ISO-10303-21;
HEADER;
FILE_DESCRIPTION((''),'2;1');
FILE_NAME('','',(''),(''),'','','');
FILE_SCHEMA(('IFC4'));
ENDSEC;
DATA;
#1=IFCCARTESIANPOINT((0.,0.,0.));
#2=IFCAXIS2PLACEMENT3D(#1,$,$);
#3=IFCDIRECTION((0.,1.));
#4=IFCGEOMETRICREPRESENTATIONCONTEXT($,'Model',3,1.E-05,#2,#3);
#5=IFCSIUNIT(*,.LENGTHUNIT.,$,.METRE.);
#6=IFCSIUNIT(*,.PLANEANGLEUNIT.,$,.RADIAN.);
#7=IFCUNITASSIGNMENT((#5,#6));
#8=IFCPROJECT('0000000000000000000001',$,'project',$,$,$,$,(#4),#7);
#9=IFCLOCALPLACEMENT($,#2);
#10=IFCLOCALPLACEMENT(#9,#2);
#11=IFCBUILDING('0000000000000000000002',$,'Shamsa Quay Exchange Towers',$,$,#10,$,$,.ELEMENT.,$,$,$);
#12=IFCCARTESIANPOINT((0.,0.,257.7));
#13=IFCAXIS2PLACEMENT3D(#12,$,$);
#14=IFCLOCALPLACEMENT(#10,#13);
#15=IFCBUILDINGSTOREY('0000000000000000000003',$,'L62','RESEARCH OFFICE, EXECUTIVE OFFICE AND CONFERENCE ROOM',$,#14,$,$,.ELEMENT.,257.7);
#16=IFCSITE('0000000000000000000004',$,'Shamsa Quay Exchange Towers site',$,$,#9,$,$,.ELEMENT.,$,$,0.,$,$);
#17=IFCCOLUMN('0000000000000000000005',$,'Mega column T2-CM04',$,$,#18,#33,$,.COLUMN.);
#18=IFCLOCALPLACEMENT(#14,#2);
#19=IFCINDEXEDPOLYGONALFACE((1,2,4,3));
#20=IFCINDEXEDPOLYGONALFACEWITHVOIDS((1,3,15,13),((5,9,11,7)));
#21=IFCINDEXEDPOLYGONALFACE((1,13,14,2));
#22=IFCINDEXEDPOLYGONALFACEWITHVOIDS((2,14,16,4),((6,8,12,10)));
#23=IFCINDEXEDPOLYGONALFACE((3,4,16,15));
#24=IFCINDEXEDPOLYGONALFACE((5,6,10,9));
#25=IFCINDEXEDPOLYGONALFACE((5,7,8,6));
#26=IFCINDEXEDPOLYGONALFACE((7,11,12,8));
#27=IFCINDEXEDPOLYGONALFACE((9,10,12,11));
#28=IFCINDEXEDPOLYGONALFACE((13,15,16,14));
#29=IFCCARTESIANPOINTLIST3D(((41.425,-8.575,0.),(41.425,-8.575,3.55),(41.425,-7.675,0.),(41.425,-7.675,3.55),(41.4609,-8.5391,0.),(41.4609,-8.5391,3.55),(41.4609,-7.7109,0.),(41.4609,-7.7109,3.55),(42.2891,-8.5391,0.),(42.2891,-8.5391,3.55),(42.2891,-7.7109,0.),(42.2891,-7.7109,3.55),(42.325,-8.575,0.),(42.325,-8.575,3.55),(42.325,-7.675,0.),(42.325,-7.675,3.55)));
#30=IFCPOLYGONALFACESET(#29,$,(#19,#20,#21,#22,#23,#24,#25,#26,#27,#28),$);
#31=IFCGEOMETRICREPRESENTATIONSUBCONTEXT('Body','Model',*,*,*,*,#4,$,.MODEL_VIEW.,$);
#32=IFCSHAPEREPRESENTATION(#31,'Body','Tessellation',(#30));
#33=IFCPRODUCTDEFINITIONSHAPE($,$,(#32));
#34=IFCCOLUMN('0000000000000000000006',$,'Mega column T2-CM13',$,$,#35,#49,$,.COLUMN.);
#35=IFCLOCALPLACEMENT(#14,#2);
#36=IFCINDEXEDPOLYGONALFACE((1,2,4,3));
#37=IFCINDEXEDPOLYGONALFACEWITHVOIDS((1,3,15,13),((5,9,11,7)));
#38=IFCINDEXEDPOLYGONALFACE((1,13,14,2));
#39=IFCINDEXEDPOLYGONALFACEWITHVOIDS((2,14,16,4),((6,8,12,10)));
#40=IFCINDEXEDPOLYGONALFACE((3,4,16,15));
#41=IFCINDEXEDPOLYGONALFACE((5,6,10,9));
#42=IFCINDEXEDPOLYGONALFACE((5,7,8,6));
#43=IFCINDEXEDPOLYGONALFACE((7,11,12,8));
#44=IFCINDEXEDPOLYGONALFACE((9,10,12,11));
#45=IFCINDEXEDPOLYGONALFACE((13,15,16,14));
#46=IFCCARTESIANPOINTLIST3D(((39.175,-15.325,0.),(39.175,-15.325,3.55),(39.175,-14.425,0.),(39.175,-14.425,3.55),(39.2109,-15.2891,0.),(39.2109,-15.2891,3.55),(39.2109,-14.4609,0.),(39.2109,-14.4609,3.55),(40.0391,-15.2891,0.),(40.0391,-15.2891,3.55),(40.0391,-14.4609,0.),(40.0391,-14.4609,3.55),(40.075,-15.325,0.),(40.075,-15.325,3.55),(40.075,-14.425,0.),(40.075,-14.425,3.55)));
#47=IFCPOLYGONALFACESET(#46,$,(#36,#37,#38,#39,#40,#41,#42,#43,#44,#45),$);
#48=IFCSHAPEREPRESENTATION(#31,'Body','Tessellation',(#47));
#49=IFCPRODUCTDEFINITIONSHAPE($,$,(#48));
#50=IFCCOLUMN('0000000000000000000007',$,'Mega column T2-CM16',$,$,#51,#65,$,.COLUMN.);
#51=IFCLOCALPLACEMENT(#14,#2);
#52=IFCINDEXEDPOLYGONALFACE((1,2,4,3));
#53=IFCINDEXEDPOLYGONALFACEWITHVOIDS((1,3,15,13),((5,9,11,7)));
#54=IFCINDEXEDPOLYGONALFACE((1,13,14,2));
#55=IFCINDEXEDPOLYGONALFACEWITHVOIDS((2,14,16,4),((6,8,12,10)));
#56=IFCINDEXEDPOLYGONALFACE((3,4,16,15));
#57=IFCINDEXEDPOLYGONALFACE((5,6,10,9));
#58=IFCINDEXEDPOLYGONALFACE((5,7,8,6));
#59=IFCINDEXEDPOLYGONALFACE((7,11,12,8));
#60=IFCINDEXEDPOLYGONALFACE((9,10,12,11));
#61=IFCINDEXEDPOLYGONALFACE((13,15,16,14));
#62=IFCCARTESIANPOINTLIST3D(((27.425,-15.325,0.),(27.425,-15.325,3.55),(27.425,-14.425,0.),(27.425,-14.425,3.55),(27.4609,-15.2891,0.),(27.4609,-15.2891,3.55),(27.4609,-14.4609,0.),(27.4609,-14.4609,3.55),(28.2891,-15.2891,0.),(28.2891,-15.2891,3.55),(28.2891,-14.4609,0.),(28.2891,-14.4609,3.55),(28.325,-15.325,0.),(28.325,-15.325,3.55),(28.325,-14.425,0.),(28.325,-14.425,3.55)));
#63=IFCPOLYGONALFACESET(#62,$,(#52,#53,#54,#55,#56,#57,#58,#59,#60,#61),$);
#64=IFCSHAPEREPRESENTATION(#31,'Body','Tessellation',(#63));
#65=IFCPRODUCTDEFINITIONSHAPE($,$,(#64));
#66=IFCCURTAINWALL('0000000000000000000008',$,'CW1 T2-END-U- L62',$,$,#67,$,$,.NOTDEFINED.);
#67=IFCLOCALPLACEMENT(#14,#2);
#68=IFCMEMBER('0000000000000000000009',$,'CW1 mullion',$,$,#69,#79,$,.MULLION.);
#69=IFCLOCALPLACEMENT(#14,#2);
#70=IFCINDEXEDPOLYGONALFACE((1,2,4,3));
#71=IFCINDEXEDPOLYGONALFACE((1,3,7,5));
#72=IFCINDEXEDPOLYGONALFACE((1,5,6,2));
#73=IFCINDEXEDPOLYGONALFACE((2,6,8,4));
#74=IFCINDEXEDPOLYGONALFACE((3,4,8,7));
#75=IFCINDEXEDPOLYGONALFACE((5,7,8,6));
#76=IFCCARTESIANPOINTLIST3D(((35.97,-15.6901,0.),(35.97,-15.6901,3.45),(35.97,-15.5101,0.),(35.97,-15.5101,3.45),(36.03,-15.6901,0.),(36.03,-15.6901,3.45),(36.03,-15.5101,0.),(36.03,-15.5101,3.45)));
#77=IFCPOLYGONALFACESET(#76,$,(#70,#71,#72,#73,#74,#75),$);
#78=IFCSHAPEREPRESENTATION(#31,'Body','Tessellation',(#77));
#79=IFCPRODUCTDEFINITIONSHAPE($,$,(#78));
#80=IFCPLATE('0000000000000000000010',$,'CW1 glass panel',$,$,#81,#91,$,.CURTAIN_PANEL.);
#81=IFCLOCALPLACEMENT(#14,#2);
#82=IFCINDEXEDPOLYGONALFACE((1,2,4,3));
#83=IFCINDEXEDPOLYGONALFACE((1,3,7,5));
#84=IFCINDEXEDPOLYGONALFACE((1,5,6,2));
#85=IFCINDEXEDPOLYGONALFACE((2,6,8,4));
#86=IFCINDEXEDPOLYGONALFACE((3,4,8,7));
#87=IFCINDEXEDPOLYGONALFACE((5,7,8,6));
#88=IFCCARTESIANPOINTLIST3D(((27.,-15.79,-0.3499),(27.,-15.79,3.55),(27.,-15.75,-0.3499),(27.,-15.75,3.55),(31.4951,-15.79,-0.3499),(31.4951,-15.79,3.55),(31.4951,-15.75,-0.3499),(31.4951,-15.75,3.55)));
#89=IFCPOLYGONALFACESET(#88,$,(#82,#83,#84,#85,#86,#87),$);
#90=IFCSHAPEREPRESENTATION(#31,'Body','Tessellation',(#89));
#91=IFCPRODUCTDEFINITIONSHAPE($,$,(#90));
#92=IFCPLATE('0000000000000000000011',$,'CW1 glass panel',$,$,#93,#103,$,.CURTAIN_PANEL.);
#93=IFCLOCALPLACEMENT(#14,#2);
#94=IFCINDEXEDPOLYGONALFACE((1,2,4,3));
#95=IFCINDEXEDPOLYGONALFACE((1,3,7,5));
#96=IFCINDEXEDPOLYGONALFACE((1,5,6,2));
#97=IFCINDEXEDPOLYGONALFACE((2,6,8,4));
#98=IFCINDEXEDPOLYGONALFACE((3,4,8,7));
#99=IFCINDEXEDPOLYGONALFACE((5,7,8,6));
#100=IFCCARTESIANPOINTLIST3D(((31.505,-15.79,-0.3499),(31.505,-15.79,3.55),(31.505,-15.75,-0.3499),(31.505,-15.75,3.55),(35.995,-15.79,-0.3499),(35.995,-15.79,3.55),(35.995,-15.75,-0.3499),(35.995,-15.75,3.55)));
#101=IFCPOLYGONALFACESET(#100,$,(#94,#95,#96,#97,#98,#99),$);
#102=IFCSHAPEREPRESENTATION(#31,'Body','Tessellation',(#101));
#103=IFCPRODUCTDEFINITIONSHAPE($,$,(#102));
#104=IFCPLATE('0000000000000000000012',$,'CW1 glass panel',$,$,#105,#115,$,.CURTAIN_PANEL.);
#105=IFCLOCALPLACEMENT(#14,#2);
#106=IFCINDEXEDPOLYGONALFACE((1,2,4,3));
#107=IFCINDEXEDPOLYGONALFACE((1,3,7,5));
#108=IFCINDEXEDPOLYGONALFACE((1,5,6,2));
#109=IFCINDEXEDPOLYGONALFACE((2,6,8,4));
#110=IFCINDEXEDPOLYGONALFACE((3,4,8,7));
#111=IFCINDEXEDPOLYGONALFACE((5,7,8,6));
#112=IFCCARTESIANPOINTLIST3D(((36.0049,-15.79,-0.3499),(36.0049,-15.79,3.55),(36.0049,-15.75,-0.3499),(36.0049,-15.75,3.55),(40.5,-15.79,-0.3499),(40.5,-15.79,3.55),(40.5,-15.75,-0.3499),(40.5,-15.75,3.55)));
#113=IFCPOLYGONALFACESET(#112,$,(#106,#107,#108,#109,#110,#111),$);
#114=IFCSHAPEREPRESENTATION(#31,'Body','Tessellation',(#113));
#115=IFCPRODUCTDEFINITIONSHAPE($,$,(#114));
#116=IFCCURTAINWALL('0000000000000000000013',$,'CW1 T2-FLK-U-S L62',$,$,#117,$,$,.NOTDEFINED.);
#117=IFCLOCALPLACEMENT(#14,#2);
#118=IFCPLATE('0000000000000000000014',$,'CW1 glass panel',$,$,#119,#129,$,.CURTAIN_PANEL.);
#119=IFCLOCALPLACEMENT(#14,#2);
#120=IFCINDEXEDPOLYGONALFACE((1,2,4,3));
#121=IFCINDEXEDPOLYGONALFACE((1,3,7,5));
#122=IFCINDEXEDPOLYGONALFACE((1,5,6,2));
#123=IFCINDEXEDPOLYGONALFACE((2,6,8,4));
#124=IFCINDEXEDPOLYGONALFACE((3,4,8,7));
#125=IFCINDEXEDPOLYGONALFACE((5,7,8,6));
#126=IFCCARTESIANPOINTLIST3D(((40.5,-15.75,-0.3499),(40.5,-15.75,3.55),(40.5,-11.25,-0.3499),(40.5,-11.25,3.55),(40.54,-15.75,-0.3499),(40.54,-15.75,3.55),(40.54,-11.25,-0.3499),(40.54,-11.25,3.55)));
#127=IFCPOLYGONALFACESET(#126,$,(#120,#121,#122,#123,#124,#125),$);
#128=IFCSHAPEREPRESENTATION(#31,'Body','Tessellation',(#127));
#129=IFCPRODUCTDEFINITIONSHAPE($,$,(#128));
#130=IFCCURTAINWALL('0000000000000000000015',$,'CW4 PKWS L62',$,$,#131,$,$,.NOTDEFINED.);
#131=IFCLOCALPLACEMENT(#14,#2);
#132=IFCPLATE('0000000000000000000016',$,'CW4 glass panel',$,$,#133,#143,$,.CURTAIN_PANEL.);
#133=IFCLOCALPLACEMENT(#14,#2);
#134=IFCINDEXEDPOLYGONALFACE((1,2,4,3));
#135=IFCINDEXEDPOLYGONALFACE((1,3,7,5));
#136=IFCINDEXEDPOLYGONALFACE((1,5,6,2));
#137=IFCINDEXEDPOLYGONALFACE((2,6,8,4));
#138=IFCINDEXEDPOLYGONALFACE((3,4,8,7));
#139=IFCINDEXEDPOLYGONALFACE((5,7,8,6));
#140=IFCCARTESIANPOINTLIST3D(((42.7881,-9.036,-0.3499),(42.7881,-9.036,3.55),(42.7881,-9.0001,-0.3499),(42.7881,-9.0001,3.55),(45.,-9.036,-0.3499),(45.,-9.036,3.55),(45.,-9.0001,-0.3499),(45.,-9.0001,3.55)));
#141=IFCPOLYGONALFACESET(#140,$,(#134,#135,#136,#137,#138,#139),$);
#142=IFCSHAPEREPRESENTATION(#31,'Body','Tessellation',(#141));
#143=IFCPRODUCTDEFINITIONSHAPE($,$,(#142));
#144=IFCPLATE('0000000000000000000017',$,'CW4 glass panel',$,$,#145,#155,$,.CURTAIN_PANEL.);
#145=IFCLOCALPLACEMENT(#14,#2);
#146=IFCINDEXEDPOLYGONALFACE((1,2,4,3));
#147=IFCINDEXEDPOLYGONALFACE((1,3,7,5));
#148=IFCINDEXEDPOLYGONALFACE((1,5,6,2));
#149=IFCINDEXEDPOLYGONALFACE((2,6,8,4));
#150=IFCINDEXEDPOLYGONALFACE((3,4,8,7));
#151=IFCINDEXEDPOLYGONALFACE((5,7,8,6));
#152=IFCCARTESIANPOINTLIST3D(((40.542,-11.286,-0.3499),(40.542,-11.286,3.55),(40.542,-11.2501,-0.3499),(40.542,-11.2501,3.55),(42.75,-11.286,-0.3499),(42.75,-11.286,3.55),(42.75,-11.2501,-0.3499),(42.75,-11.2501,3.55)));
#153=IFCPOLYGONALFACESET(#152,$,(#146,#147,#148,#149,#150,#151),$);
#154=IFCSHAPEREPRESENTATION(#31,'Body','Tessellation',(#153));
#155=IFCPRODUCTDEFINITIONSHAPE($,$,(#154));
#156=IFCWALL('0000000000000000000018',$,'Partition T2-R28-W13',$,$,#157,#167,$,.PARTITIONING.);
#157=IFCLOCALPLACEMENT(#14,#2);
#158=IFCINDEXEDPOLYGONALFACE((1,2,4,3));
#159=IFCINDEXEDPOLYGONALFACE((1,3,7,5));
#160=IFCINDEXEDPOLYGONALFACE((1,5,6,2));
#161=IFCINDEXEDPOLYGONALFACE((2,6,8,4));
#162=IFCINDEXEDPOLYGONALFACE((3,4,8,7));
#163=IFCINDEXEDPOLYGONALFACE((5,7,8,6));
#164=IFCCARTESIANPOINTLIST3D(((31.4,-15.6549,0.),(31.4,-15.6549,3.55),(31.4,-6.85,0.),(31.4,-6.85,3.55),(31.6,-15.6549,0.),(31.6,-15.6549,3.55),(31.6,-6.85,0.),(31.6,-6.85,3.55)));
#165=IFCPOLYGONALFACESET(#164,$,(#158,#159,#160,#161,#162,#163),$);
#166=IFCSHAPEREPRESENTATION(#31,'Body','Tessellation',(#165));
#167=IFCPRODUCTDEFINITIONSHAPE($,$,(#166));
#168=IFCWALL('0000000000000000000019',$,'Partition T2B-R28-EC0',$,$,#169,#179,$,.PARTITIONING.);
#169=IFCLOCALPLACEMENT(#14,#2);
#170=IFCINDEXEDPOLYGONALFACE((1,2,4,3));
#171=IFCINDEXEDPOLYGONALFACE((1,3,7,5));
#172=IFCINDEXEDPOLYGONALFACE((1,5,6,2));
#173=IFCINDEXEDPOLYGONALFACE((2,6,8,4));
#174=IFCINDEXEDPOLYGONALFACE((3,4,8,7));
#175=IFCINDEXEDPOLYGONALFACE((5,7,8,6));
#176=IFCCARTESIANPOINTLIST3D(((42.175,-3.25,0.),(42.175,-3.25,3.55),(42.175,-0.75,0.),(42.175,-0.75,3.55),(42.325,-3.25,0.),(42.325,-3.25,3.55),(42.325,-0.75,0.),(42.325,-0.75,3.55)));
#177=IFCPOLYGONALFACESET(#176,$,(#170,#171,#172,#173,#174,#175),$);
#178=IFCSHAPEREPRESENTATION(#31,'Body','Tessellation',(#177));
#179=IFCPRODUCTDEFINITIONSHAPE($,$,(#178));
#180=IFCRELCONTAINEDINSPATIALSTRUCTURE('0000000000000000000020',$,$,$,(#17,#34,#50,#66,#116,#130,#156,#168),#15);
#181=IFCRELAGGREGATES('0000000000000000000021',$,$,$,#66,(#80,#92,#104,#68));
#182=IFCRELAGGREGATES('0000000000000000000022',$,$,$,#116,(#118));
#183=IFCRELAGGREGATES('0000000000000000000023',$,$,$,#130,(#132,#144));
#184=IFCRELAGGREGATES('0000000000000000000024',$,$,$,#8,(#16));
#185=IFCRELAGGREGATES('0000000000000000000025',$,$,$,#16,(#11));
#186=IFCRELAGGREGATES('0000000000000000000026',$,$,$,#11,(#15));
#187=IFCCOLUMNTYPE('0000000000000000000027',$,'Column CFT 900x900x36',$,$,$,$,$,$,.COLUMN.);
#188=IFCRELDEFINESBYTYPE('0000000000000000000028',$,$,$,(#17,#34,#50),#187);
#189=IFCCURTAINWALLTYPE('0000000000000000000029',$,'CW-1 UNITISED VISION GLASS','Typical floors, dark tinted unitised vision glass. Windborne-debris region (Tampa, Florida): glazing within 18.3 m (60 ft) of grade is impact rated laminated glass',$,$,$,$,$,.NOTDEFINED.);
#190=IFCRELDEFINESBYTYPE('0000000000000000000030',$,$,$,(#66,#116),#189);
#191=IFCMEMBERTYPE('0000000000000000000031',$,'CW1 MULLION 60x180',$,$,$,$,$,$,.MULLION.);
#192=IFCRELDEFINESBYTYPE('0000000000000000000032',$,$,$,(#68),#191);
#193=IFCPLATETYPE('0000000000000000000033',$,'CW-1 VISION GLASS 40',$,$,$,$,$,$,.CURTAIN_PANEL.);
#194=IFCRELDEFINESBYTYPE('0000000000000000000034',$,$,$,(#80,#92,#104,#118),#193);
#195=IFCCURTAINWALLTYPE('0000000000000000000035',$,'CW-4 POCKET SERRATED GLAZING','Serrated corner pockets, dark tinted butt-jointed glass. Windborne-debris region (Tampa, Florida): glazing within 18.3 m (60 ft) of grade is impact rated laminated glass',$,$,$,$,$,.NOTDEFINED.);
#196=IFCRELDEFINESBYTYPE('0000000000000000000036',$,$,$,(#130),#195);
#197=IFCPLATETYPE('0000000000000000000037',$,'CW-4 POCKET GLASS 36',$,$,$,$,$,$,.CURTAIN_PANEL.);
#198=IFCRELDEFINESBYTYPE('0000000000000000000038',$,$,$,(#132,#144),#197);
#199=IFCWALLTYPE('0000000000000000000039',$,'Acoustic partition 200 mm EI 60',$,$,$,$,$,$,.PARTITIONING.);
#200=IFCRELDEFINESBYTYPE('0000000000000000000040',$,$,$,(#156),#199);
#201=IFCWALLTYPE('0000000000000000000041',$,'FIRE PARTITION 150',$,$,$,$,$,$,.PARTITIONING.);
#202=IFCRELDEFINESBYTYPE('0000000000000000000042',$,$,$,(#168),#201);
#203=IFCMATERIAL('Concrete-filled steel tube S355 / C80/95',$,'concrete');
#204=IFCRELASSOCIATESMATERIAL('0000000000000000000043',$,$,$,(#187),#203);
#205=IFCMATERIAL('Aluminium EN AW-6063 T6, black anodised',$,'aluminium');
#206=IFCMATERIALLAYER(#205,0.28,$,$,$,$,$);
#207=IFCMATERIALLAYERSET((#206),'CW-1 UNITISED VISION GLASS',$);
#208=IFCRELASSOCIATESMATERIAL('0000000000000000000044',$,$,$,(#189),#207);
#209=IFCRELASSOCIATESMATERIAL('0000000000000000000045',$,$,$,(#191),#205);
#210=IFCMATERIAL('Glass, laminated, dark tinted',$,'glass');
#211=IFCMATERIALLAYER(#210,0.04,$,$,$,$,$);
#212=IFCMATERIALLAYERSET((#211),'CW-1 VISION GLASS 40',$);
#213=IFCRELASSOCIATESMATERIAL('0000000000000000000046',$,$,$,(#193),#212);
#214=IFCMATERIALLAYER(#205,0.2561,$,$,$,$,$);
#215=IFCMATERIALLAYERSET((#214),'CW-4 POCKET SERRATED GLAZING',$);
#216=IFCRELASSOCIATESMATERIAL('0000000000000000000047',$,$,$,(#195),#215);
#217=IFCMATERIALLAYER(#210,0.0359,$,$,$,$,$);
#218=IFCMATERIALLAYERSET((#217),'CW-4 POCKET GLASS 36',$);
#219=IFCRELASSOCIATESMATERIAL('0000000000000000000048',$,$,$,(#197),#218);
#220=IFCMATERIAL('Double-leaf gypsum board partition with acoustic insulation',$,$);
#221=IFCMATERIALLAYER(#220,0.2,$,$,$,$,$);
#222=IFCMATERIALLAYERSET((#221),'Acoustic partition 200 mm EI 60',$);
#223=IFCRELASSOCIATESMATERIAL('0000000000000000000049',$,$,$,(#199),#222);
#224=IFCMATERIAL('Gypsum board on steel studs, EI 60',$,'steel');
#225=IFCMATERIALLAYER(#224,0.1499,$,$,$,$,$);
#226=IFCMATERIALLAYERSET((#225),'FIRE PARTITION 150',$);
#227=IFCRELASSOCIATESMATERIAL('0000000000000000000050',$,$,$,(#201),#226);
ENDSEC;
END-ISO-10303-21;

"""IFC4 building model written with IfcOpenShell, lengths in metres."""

from ifc_helpers import new_model, si_unit, direction, frame, frame_2d, origin, origin_2d, place, context, subcontext, project, spatial, rectangle, hollow_rectangle, extrude, material, layer, layer_set, material_profile, profile_set, type_object, element, aggregate, save


model = new_model("IFC4")

# Units and contexts
model_context = context("Model", 3, precision=1e-05, world=origin(), true_north=direction((0.0, 1.0)))
body_context = subcontext(model_context, "Body", "Model", "MODEL_VIEW")
ifc_project = project(units=[si_unit("LENGTHUNIT", "METRE"), si_unit("PLANEANGLEUNIT", "RADIAN")], contexts=[model_context])

# Site, building, storey
site_placement = place(None, origin())
site = spatial("IfcSite", under=ifc_project, at=site_placement, Name="Shamsa Quay Exchange Towers site", CompositionType="ELEMENT", RefElevation=0.0)
building_placement = place(site_placement, origin())
building = spatial("IfcBuilding", under=site, at=building_placement, Name="Shamsa Quay Exchange Towers", CompositionType="ELEMENT")
storey_placement = place(building_placement, frame((0.0, 0.0, 257.7)))
storey = spatial("IfcBuildingStorey", under=building, at=storey_placement, Name="L62", Description="RESEARCH OFFICE, EXECUTIVE OFFICE AND CONFERENCE ROOM", CompositionType="ELEMENT", Elevation=257.7)

# Columns
ifc_material_1 = material(Name="Concrete-filled steel tube S355 / C80/95", Category="concrete")
ifc_material_profile_1 = material_profile(ifc_material_1, hollow_rectangle(XDim=0.8999, YDim=0.8999, WallThickness=0.0359, at=origin_2d()), Name="CFT 900x900x36")
ifc_profile_set_1 = profile_set([ifc_material_profile_1], Name="Concrete-filled steel tube S355 / C80/95")
column_type = type_object("IfcColumnType", Name="Column CFT 900x900x36", PredefinedType="COLUMN", material=ifc_profile_set_1)
for number, where, name in (
    (1, (41.875, -8.125, 0.0), "Mega column T2-CM04"),
    (2, (39.625, -14.875, 0.0), "Mega column T2-CM13"),
    (3, (27.875, -14.875, 0.0), "Mega column T2-CM16"),
):
    element("IfcColumn", number, at=place(storey_placement, frame(where)), inside=storey, type_object=column_type, Name=name, PredefinedType="COLUMN", context=body_context, shape_type="SweptSolid", body=[
        extrude(hollow_rectangle(XDim=0.8999, YDim=0.8999, WallThickness=0.0359, at=origin_2d()), origin(), (0.0, 0.0, 1.0), 3.55),
    ])

# Curtain wall, member, plates
ifc_material_2 = material(Name="Aluminium EN AW-6063 T6, black anodised", Category="aluminium")
ifc_layer_1 = layer(ifc_material_2, 0.28)
ifc_layer_set_1 = layer_set([ifc_layer_1], Name="CW-1 UNITISED VISION GLASS")
curtain_wall_type_1 = type_object("IfcCurtainWallType", Name="CW-1 UNITISED VISION GLASS", Description="Typical floors, dark tinted unitised vision glass. Windborne-debris region (Tampa, Florida): glazing within 18.3 m (60 ft) of grade is impact rated laminated glass", PredefinedType="NOTDEFINED", material=ifc_layer_set_1)
curtain_wall_1_placement = place(storey_placement, origin())
curtain_wall_1 = element("IfcCurtainWall", 4, at=curtain_wall_1_placement, inside=storey, type_object=curtain_wall_type_1, Name="CW1 T2-END-U- L62", PredefinedType="NOTDEFINED")
ifc_material_profile_2 = material_profile(ifc_material_2, rectangle(XDim=0.1799, YDim=0.0601, at=origin_2d()), Name="MU60x180")
ifc_profile_set_2 = profile_set([ifc_material_profile_2], Name="Aluminium EN AW-6063 T6, black anodised")
member_type = type_object("IfcMemberType", Name="CW1 MULLION 60x180", PredefinedType="MULLION", material=ifc_profile_set_2)
member_placement = place(storey_placement, frame((36.0, -15.6001, 0.0), z_axis=(0.0, 0.0, 1.0), x_axis=(0.0, 1.0, 0.0)))
member = element("IfcMember", 5, at=member_placement, type_object=member_type, Name="CW1 mullion", PredefinedType="MULLION", context=body_context, shape_type="SweptSolid", body=[
    extrude(rectangle(XDim=0.1799, YDim=0.0601, at=origin_2d()), origin(), (0.0, 0.0, 1.0), 3.45),
])
ifc_material_3 = material(Name="Glass, laminated, dark tinted", Category="glass")
ifc_layer_2 = layer(ifc_material_3, 0.04)
ifc_layer_set_2 = layer_set([ifc_layer_2], Name="CW-1 VISION GLASS 40")
plate_type_1 = type_object("IfcPlateType", Name="CW-1 VISION GLASS 40", PredefinedType="CURTAIN_PANEL", material=ifc_layer_set_2)
plate_1_placement = place(storey_placement, frame((29.2476, -15.77, -0.3499)))
plate_1 = element("IfcPlate", 6, at=plate_1_placement, type_object=plate_type_1, Name="CW1 glass panel", PredefinedType="CURTAIN_PANEL", context=body_context, shape_type="SweptSolid", body=[
    extrude(rectangle(XDim=4.4951, YDim=0.04, at=origin_2d()), origin(), (0.0, 0.0, 1.0), 3.8999),
])
plate_2_placement = place(storey_placement, frame((33.75, -15.77, -0.3499)))
plate_2 = element("IfcPlate", 7, at=plate_2_placement, type_object=plate_type_1, Name="CW1 glass panel", PredefinedType="CURTAIN_PANEL", context=body_context, shape_type="SweptSolid", body=[
    extrude(rectangle(XDim=4.49, YDim=0.04, at=origin_2d()), origin(), (0.0, 0.0, 1.0), 3.8999),
])
plate_3_placement = place(storey_placement, frame((38.2524, -15.77, -0.3499)))
plate_3 = element("IfcPlate", 8, at=plate_3_placement, type_object=plate_type_1, Name="CW1 glass panel", PredefinedType="CURTAIN_PANEL", context=body_context, shape_type="SweptSolid", body=[
    extrude(rectangle(XDim=4.4951, YDim=0.04, at=origin_2d()), origin(), (0.0, 0.0, 1.0), 3.8999),
])
aggregate(curtain_wall_1, [plate_1, plate_2, plate_3, member])

# Curtain wall, plate
curtain_wall_2_placement = place(storey_placement, origin())
curtain_wall_2 = element("IfcCurtainWall", 9, at=curtain_wall_2_placement, inside=storey, type_object=curtain_wall_type_1, Name="CW1 T2-FLK-U-S L62", PredefinedType="NOTDEFINED")
plate_4_placement = place(storey_placement, frame((40.52, -13.5, -0.3499), z_axis=(0.0, 0.0, 1.0), x_axis=(0.0, 1.0, 0.0)))
plate_4 = element("IfcPlate", 10, at=plate_4_placement, type_object=plate_type_1, Name="CW1 glass panel", PredefinedType="CURTAIN_PANEL", context=body_context, shape_type="SweptSolid", body=[
    extrude(rectangle(XDim=4.5, YDim=0.04, at=origin_2d()), origin(), (0.0, 0.0, 1.0), 3.8999),
])
aggregate(curtain_wall_2, [plate_4])

# Curtain wall, plates
ifc_layer_3 = layer(ifc_material_2, 0.2561)
ifc_layer_set_3 = layer_set([ifc_layer_3], Name="CW-4 POCKET SERRATED GLAZING")
curtain_wall_type_2 = type_object("IfcCurtainWallType", Name="CW-4 POCKET SERRATED GLAZING", Description="Serrated corner pockets, dark tinted butt-jointed glass. Windborne-debris region (Tampa, Florida): glazing within 18.3 m (60 ft) of grade is impact rated laminated glass", PredefinedType="NOTDEFINED", material=ifc_layer_set_3)
curtain_wall_3_placement = place(storey_placement, origin())
curtain_wall_3 = element("IfcCurtainWall", 11, at=curtain_wall_3_placement, inside=storey, type_object=curtain_wall_type_2, Name="CW4 PKWS L62", PredefinedType="NOTDEFINED")
ifc_layer_4 = layer(ifc_material_3, 0.0359)
ifc_layer_set_4 = layer_set([ifc_layer_4], Name="CW-4 POCKET GLASS 36")
plate_type_2 = type_object("IfcPlateType", Name="CW-4 POCKET GLASS 36", PredefinedType="CURTAIN_PANEL", material=ifc_layer_set_4)
plate_5_placement = place(storey_placement, frame((43.894, -9.0181, -0.3499)))
plate_5 = element("IfcPlate", 12, at=plate_5_placement, type_object=plate_type_2, Name="CW4 glass panel", PredefinedType="CURTAIN_PANEL", context=body_context, shape_type="SweptSolid", body=[
    extrude(rectangle(XDim=2.2119, YDim=0.0359, at=origin_2d()), origin(), (0.0, 0.0, 1.0), 3.8999),
])
plate_6_placement = place(storey_placement, frame((41.646, -11.2681, -0.3499)))
plate_6 = element("IfcPlate", 13, at=plate_6_placement, type_object=plate_type_2, Name="CW4 glass panel", PredefinedType="CURTAIN_PANEL", context=body_context, shape_type="SweptSolid", body=[
    extrude(rectangle(XDim=2.208, YDim=0.0359, at=origin_2d()), origin(), (0.0, 0.0, 1.0), 3.8999),
])
aggregate(curtain_wall_3, [plate_5, plate_6])

# Shared definitions
ifc_material_4 = material(Name="Double-leaf gypsum board partition with acoustic insulation")
ifc_layer_5 = layer(ifc_material_4, 0.2)
ifc_layer_set_5 = layer_set([ifc_layer_5], Name="Acoustic partition 200 mm EI 60")
wall_type_1 = type_object("IfcWallType", Name="Acoustic partition 200 mm EI 60", PredefinedType="PARTITIONING", material=ifc_layer_set_5)

# Wall
wall_1_placement = place(storey_placement, frame((31.5, -6.8501, 0.0), z_axis=(0.0, 0.0, 1.0), x_axis=(0.0, -1.0, 0.0)))
element("IfcWall", 14, at=wall_1_placement, inside=storey, type_object=wall_type_1, Name="Partition T2-R28-W13", PredefinedType="PARTITIONING", context=body_context, shape_type="SweptSolid", body=[
    extrude(rectangle(XDim=8.8049, YDim=0.2, at=frame_2d((4.4023, 0.0))), origin(), (0.0, 0.0, 1.0), 3.55),
])

# Wall
ifc_material_5 = material(Name="Gypsum board on steel studs, EI 60", Category="steel")
ifc_layer_6 = layer(ifc_material_5, 0.1499)
ifc_layer_set_6 = layer_set([ifc_layer_6], Name="FIRE PARTITION 150")
wall_type_2 = type_object("IfcWallType", Name="FIRE PARTITION 150", PredefinedType="PARTITIONING", material=ifc_layer_set_6)
wall_2_placement = place(storey_placement, frame((42.25, -3.25, 0.0), z_axis=(0.0, 0.0, 1.0), x_axis=(0.0, 1.0, 0.0)))
element("IfcWall", 15, at=wall_2_placement, inside=storey, type_object=wall_type_2, Name="Partition T2B-R28-EC0", PredefinedType="PARTITIONING", context=body_context, shape_type="SweptSolid", body=[
    extrude(rectangle(XDim=2.5, YDim=0.1499, at=frame_2d((1.25, 0.0))), origin(), (0.0, 0.0, 1.0), 3.55),
])

save(model, "model.ifc")
